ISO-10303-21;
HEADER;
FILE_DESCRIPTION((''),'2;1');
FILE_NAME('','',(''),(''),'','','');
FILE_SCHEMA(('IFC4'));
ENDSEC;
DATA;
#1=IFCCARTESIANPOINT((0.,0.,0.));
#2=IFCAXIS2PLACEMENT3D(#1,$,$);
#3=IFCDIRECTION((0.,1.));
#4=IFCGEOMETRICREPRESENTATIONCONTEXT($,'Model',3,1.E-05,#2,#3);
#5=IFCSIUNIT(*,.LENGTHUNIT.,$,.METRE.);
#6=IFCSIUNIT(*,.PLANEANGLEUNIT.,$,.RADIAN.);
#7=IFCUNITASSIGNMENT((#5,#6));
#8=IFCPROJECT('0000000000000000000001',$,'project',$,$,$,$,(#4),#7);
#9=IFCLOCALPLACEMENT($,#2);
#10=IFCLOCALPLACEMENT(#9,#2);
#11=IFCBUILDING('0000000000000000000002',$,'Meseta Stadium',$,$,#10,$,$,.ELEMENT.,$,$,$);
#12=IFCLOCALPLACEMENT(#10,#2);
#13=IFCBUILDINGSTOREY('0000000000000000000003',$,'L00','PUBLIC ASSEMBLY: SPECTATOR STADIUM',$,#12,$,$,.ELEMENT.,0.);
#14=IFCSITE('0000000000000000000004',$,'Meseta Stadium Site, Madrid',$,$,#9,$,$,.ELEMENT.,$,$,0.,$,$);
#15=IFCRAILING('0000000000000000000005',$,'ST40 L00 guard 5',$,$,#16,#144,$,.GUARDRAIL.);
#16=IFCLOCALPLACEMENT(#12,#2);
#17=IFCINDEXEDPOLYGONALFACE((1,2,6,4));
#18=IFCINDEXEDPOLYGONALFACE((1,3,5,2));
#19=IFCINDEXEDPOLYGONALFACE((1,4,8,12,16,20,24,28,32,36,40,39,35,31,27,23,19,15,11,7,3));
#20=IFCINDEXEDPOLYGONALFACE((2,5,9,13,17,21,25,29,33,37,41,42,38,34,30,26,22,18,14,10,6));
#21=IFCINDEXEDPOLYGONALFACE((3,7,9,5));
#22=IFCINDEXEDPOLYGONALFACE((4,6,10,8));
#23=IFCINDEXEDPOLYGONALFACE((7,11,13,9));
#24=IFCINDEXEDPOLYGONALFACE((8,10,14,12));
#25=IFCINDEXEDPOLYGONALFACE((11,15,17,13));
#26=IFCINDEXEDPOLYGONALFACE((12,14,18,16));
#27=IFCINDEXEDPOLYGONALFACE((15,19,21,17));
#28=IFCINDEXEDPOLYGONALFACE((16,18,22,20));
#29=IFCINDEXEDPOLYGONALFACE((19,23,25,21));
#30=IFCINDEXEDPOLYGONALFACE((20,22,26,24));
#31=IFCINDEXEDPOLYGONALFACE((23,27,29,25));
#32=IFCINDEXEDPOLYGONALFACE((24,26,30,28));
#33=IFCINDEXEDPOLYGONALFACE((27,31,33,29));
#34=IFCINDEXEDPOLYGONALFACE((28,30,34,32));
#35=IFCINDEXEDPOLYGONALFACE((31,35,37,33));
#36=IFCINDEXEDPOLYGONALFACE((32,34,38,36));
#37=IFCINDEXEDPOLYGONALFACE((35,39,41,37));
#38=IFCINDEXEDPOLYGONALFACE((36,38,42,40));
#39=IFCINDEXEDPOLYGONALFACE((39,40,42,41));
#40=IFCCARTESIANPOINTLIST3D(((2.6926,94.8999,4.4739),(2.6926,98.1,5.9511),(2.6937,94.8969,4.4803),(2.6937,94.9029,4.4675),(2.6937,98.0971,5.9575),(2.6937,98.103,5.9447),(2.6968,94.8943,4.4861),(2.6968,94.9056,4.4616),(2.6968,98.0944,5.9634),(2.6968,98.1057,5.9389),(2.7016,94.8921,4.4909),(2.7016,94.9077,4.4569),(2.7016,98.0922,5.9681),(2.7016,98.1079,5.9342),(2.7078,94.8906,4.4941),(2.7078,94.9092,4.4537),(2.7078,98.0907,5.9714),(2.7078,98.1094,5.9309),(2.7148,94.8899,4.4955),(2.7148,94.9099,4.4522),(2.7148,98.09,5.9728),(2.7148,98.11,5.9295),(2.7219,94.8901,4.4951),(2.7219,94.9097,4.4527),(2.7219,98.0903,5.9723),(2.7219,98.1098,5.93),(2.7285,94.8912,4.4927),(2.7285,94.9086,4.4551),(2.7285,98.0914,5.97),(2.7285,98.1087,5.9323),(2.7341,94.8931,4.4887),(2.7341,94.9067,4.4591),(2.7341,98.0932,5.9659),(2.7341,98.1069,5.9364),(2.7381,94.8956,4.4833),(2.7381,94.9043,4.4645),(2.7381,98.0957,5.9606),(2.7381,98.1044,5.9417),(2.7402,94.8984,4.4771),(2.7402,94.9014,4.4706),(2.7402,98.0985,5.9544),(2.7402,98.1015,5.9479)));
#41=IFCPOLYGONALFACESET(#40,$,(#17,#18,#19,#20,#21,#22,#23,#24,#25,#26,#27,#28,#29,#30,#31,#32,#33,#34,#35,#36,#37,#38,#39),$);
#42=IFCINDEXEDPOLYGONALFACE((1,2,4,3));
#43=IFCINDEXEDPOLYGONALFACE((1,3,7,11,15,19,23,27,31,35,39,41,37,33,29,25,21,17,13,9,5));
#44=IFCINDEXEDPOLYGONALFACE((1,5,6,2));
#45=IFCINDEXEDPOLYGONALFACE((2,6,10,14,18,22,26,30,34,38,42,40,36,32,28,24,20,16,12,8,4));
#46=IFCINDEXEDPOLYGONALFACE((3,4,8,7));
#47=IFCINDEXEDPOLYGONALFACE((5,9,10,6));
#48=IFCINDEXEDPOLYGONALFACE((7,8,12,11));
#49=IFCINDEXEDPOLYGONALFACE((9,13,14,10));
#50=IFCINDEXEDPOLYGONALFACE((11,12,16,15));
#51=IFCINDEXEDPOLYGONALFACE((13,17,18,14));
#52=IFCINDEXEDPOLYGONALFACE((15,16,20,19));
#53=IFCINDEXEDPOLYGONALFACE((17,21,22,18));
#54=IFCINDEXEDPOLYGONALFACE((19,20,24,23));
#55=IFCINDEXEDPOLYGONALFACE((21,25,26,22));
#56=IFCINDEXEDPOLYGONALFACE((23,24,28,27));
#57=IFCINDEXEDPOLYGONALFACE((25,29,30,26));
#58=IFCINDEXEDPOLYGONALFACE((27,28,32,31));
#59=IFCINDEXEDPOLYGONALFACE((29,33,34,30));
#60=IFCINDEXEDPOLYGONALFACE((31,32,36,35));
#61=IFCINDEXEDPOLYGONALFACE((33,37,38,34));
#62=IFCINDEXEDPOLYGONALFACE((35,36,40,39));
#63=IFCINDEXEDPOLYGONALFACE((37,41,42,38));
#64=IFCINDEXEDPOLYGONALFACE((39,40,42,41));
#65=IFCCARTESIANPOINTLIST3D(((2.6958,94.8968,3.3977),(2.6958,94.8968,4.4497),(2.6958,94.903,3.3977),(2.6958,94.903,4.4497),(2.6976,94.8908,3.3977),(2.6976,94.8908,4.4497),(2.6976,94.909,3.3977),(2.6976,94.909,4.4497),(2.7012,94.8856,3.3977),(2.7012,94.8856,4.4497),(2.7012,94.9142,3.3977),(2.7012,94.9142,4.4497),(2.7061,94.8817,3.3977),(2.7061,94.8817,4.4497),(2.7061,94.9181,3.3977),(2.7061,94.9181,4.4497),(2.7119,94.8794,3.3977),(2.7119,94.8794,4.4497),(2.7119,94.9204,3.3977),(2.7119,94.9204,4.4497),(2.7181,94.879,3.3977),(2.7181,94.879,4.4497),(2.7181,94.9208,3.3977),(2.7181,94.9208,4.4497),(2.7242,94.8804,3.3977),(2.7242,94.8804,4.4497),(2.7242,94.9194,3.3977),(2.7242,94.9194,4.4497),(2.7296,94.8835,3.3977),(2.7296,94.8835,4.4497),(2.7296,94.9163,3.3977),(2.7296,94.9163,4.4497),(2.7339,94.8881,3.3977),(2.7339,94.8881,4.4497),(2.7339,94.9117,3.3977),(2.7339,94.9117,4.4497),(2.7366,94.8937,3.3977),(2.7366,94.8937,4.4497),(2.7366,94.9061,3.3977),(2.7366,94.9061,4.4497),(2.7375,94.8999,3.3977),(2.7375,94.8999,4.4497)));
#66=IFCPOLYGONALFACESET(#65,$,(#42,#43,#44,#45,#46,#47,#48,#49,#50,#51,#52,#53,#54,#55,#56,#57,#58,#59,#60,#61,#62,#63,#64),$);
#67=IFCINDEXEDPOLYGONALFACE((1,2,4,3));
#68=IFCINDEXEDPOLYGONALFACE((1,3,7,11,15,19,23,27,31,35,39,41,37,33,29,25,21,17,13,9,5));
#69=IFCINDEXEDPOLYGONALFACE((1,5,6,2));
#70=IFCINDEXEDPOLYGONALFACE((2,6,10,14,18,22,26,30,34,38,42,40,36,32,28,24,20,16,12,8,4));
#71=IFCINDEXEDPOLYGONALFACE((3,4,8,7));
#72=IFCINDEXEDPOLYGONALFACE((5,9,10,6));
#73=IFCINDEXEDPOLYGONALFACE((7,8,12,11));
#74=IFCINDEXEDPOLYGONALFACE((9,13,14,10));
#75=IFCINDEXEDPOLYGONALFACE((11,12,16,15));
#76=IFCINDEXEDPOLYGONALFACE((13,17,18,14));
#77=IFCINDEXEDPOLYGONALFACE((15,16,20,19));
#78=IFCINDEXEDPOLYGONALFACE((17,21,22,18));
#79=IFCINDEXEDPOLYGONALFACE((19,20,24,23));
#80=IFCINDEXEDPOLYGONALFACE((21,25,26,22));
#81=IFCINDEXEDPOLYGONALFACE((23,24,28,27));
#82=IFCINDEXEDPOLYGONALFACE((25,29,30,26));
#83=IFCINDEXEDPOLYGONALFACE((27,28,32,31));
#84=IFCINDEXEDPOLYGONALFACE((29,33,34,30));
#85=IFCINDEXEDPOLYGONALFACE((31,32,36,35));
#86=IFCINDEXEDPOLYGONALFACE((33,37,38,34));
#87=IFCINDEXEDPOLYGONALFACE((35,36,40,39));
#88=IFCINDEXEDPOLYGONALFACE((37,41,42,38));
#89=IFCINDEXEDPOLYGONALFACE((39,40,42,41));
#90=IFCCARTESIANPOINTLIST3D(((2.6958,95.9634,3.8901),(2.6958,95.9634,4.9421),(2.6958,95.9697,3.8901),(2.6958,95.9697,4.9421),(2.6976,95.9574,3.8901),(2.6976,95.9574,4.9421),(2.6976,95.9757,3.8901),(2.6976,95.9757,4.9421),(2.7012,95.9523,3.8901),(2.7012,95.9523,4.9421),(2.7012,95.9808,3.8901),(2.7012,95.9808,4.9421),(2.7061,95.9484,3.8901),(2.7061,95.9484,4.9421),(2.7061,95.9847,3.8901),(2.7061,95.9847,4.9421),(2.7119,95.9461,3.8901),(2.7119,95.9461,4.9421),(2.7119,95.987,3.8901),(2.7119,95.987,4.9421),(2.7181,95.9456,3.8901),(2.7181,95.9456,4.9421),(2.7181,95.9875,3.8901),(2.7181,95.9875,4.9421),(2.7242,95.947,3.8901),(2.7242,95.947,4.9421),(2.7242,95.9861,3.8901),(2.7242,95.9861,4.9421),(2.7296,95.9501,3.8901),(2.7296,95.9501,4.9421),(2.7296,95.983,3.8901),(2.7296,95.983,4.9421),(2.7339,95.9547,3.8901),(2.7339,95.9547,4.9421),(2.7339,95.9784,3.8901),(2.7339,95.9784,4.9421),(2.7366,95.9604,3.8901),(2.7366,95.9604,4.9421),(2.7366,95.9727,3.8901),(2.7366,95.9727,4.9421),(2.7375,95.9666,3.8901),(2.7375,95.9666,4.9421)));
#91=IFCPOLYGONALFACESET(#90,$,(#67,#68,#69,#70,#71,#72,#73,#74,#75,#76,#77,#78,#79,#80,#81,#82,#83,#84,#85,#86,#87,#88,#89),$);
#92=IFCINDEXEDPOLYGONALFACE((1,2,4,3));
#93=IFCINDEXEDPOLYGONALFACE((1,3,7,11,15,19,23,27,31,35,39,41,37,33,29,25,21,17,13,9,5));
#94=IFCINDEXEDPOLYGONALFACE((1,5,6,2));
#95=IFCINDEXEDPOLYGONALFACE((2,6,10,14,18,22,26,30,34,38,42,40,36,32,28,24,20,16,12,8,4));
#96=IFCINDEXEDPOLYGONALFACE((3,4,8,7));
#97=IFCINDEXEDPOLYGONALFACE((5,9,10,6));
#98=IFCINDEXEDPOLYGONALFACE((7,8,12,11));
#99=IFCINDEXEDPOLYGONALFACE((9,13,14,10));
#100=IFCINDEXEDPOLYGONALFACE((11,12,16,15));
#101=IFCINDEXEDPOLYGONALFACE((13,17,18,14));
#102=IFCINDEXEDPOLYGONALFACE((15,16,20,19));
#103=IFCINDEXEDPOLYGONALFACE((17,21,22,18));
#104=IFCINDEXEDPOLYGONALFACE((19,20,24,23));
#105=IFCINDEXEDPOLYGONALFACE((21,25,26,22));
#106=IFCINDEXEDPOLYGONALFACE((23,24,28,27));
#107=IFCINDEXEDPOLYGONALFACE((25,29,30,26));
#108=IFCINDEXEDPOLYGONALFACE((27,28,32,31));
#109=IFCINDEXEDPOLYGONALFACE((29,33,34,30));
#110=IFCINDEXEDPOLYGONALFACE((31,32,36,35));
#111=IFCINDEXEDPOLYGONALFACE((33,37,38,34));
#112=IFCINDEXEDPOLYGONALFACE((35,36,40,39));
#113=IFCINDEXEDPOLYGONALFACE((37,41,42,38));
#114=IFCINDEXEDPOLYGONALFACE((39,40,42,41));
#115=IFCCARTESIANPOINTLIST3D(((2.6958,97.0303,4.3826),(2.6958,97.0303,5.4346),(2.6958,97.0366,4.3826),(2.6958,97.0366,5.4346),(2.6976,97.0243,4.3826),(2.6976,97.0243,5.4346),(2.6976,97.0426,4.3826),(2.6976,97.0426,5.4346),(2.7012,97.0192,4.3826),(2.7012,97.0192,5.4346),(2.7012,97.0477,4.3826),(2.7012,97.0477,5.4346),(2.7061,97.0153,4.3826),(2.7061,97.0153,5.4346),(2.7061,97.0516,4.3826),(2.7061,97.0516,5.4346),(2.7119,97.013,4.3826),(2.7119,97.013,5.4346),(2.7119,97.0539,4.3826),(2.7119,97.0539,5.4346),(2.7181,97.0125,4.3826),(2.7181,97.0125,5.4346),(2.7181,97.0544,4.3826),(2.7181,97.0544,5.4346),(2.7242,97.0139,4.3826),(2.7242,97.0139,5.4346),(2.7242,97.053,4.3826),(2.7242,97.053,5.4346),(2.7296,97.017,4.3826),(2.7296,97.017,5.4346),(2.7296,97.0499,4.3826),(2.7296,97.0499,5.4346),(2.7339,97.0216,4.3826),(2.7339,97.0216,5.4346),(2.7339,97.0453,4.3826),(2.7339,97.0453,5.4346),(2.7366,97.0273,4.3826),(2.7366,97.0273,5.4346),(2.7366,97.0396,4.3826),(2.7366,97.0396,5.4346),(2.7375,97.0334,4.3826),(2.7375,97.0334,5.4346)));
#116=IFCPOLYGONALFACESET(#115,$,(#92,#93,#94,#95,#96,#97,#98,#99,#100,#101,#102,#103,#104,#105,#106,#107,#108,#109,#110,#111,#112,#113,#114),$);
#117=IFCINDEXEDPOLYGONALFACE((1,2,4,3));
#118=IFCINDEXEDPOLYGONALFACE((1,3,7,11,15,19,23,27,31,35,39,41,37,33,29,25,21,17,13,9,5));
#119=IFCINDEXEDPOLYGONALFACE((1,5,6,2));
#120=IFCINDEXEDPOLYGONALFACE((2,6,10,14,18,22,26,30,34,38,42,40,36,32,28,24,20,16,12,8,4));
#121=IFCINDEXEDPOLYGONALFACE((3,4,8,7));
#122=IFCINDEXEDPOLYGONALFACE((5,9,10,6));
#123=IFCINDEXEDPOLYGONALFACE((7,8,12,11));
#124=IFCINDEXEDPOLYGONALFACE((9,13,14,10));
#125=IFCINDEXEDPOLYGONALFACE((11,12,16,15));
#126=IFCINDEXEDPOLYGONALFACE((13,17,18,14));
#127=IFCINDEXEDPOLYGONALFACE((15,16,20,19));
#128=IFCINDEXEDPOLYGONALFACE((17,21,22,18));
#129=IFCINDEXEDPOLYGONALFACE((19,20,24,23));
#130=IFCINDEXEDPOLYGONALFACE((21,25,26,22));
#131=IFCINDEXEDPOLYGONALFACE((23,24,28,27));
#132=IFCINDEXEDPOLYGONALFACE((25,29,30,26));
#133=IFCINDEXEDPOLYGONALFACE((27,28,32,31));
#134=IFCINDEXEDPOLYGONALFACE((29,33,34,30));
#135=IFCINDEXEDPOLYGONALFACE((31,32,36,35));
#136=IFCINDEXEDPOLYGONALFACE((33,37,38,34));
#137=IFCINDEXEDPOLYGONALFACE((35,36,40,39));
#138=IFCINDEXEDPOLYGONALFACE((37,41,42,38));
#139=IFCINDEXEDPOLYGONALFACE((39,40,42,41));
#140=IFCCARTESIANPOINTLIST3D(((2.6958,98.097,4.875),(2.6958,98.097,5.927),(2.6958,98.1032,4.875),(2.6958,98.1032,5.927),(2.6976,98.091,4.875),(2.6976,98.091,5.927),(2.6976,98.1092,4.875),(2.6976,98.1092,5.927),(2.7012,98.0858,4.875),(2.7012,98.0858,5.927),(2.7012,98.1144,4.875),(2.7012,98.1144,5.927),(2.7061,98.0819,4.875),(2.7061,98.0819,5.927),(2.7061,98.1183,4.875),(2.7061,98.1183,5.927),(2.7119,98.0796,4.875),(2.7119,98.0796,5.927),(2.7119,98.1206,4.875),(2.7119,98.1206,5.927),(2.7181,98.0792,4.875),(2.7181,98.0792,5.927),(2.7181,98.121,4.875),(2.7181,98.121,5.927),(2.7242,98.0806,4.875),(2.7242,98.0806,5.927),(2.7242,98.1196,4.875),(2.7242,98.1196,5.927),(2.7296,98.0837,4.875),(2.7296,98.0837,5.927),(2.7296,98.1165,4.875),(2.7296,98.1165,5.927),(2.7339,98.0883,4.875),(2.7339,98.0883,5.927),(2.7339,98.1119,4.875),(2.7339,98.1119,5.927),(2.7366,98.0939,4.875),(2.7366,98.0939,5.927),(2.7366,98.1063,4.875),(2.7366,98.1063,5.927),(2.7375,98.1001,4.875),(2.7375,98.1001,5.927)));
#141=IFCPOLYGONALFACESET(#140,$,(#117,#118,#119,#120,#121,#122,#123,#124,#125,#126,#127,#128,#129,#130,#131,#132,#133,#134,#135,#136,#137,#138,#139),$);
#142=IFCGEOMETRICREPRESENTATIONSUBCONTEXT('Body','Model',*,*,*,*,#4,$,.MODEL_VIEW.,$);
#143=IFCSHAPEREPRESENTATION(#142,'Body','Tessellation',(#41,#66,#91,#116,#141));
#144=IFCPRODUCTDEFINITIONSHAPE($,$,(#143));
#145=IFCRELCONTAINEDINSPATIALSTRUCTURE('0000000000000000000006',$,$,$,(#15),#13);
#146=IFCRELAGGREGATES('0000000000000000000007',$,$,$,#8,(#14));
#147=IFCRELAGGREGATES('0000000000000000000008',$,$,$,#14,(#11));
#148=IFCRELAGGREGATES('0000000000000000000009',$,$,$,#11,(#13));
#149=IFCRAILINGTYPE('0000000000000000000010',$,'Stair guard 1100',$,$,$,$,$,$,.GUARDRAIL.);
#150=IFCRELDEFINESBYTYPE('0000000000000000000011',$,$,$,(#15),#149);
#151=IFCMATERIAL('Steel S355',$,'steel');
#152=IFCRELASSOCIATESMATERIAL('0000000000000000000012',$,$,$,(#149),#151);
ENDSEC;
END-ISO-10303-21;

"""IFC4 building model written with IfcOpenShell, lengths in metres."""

from ifc_helpers import new_model, si_unit, direction, frame, origin, origin_2d, place, context, subcontext, project, spatial, circle, extrude, material, type_object, element, save


model = new_model("IFC4")

# Units and contexts
model_context = context("Model", 3, precision=1e-05, world=origin(), true_north=direction((0.0, 1.0)))
body_context = subcontext(model_context, "Body", "Model", "MODEL_VIEW")
ifc_project = project(units=[si_unit("LENGTHUNIT", "METRE"), si_unit("PLANEANGLEUNIT", "RADIAN")], contexts=[model_context])

# Site, building, storey
site_placement = place(None, origin())
site = spatial("IfcSite", under=ifc_project, at=site_placement, Name="Meseta Stadium Site, Madrid", CompositionType="ELEMENT", RefElevation=0.0)
building_placement = place(site_placement, origin())
building = spatial("IfcBuilding", under=site, at=building_placement, Name="Meseta Stadium", CompositionType="ELEMENT")
storey_placement = place(building_placement, origin())
storey = spatial("IfcBuildingStorey", under=building, at=storey_placement, Name="L00", Description="PUBLIC ASSEMBLY: SPECTATOR STADIUM", CompositionType="ELEMENT", Elevation=0.0)

# Railing
ifc_material_1 = material(Name="Steel S355", Category="steel")
railing_type_1 = type_object("IfcRailingType", Name="Stair guard 1100", PredefinedType="GUARDRAIL", material=ifc_material_1)
railing_1_placement = place(storey_placement, frame((2.7166, 94.8999, 3.3977)))
element("IfcRailing", 1, at=railing_1_placement, inside=storey, type_object=railing_type_1, Name="ST40 L00 guard 5", PredefinedType="GUARDRAIL", context=body_context, shape_type="SweptSolid", body=[
    extrude(circle(Radius=0.0239, at=origin_2d()), frame((0.0, 0.0, 1.0762), z_axis=(0.0, 0.907929, 0.419124), x_axis=(-1.0, 0.0, 0.0)), (0.0, 0.0, 1.0), 3.5247),
    extrude(circle(Radius=0.021, at=origin_2d()), origin(), (0.0, 0.0, 1.0), 1.052),
    extrude(circle(Radius=0.021, at=origin_2d()), frame((0.0, 1.0667, 0.4924)), (0.0, 0.0, 1.0), 1.052),
    extrude(circle(Radius=0.021, at=origin_2d()), frame((0.0, 2.1335, 0.9849)), (0.0, 0.0, 1.0), 1.052),
    extrude(circle(Radius=0.021, at=origin_2d()), frame((0.0, 3.2002, 1.4773)), (0.0, 0.0, 1.0), 1.052),
])

save(model, "model.ifc")
